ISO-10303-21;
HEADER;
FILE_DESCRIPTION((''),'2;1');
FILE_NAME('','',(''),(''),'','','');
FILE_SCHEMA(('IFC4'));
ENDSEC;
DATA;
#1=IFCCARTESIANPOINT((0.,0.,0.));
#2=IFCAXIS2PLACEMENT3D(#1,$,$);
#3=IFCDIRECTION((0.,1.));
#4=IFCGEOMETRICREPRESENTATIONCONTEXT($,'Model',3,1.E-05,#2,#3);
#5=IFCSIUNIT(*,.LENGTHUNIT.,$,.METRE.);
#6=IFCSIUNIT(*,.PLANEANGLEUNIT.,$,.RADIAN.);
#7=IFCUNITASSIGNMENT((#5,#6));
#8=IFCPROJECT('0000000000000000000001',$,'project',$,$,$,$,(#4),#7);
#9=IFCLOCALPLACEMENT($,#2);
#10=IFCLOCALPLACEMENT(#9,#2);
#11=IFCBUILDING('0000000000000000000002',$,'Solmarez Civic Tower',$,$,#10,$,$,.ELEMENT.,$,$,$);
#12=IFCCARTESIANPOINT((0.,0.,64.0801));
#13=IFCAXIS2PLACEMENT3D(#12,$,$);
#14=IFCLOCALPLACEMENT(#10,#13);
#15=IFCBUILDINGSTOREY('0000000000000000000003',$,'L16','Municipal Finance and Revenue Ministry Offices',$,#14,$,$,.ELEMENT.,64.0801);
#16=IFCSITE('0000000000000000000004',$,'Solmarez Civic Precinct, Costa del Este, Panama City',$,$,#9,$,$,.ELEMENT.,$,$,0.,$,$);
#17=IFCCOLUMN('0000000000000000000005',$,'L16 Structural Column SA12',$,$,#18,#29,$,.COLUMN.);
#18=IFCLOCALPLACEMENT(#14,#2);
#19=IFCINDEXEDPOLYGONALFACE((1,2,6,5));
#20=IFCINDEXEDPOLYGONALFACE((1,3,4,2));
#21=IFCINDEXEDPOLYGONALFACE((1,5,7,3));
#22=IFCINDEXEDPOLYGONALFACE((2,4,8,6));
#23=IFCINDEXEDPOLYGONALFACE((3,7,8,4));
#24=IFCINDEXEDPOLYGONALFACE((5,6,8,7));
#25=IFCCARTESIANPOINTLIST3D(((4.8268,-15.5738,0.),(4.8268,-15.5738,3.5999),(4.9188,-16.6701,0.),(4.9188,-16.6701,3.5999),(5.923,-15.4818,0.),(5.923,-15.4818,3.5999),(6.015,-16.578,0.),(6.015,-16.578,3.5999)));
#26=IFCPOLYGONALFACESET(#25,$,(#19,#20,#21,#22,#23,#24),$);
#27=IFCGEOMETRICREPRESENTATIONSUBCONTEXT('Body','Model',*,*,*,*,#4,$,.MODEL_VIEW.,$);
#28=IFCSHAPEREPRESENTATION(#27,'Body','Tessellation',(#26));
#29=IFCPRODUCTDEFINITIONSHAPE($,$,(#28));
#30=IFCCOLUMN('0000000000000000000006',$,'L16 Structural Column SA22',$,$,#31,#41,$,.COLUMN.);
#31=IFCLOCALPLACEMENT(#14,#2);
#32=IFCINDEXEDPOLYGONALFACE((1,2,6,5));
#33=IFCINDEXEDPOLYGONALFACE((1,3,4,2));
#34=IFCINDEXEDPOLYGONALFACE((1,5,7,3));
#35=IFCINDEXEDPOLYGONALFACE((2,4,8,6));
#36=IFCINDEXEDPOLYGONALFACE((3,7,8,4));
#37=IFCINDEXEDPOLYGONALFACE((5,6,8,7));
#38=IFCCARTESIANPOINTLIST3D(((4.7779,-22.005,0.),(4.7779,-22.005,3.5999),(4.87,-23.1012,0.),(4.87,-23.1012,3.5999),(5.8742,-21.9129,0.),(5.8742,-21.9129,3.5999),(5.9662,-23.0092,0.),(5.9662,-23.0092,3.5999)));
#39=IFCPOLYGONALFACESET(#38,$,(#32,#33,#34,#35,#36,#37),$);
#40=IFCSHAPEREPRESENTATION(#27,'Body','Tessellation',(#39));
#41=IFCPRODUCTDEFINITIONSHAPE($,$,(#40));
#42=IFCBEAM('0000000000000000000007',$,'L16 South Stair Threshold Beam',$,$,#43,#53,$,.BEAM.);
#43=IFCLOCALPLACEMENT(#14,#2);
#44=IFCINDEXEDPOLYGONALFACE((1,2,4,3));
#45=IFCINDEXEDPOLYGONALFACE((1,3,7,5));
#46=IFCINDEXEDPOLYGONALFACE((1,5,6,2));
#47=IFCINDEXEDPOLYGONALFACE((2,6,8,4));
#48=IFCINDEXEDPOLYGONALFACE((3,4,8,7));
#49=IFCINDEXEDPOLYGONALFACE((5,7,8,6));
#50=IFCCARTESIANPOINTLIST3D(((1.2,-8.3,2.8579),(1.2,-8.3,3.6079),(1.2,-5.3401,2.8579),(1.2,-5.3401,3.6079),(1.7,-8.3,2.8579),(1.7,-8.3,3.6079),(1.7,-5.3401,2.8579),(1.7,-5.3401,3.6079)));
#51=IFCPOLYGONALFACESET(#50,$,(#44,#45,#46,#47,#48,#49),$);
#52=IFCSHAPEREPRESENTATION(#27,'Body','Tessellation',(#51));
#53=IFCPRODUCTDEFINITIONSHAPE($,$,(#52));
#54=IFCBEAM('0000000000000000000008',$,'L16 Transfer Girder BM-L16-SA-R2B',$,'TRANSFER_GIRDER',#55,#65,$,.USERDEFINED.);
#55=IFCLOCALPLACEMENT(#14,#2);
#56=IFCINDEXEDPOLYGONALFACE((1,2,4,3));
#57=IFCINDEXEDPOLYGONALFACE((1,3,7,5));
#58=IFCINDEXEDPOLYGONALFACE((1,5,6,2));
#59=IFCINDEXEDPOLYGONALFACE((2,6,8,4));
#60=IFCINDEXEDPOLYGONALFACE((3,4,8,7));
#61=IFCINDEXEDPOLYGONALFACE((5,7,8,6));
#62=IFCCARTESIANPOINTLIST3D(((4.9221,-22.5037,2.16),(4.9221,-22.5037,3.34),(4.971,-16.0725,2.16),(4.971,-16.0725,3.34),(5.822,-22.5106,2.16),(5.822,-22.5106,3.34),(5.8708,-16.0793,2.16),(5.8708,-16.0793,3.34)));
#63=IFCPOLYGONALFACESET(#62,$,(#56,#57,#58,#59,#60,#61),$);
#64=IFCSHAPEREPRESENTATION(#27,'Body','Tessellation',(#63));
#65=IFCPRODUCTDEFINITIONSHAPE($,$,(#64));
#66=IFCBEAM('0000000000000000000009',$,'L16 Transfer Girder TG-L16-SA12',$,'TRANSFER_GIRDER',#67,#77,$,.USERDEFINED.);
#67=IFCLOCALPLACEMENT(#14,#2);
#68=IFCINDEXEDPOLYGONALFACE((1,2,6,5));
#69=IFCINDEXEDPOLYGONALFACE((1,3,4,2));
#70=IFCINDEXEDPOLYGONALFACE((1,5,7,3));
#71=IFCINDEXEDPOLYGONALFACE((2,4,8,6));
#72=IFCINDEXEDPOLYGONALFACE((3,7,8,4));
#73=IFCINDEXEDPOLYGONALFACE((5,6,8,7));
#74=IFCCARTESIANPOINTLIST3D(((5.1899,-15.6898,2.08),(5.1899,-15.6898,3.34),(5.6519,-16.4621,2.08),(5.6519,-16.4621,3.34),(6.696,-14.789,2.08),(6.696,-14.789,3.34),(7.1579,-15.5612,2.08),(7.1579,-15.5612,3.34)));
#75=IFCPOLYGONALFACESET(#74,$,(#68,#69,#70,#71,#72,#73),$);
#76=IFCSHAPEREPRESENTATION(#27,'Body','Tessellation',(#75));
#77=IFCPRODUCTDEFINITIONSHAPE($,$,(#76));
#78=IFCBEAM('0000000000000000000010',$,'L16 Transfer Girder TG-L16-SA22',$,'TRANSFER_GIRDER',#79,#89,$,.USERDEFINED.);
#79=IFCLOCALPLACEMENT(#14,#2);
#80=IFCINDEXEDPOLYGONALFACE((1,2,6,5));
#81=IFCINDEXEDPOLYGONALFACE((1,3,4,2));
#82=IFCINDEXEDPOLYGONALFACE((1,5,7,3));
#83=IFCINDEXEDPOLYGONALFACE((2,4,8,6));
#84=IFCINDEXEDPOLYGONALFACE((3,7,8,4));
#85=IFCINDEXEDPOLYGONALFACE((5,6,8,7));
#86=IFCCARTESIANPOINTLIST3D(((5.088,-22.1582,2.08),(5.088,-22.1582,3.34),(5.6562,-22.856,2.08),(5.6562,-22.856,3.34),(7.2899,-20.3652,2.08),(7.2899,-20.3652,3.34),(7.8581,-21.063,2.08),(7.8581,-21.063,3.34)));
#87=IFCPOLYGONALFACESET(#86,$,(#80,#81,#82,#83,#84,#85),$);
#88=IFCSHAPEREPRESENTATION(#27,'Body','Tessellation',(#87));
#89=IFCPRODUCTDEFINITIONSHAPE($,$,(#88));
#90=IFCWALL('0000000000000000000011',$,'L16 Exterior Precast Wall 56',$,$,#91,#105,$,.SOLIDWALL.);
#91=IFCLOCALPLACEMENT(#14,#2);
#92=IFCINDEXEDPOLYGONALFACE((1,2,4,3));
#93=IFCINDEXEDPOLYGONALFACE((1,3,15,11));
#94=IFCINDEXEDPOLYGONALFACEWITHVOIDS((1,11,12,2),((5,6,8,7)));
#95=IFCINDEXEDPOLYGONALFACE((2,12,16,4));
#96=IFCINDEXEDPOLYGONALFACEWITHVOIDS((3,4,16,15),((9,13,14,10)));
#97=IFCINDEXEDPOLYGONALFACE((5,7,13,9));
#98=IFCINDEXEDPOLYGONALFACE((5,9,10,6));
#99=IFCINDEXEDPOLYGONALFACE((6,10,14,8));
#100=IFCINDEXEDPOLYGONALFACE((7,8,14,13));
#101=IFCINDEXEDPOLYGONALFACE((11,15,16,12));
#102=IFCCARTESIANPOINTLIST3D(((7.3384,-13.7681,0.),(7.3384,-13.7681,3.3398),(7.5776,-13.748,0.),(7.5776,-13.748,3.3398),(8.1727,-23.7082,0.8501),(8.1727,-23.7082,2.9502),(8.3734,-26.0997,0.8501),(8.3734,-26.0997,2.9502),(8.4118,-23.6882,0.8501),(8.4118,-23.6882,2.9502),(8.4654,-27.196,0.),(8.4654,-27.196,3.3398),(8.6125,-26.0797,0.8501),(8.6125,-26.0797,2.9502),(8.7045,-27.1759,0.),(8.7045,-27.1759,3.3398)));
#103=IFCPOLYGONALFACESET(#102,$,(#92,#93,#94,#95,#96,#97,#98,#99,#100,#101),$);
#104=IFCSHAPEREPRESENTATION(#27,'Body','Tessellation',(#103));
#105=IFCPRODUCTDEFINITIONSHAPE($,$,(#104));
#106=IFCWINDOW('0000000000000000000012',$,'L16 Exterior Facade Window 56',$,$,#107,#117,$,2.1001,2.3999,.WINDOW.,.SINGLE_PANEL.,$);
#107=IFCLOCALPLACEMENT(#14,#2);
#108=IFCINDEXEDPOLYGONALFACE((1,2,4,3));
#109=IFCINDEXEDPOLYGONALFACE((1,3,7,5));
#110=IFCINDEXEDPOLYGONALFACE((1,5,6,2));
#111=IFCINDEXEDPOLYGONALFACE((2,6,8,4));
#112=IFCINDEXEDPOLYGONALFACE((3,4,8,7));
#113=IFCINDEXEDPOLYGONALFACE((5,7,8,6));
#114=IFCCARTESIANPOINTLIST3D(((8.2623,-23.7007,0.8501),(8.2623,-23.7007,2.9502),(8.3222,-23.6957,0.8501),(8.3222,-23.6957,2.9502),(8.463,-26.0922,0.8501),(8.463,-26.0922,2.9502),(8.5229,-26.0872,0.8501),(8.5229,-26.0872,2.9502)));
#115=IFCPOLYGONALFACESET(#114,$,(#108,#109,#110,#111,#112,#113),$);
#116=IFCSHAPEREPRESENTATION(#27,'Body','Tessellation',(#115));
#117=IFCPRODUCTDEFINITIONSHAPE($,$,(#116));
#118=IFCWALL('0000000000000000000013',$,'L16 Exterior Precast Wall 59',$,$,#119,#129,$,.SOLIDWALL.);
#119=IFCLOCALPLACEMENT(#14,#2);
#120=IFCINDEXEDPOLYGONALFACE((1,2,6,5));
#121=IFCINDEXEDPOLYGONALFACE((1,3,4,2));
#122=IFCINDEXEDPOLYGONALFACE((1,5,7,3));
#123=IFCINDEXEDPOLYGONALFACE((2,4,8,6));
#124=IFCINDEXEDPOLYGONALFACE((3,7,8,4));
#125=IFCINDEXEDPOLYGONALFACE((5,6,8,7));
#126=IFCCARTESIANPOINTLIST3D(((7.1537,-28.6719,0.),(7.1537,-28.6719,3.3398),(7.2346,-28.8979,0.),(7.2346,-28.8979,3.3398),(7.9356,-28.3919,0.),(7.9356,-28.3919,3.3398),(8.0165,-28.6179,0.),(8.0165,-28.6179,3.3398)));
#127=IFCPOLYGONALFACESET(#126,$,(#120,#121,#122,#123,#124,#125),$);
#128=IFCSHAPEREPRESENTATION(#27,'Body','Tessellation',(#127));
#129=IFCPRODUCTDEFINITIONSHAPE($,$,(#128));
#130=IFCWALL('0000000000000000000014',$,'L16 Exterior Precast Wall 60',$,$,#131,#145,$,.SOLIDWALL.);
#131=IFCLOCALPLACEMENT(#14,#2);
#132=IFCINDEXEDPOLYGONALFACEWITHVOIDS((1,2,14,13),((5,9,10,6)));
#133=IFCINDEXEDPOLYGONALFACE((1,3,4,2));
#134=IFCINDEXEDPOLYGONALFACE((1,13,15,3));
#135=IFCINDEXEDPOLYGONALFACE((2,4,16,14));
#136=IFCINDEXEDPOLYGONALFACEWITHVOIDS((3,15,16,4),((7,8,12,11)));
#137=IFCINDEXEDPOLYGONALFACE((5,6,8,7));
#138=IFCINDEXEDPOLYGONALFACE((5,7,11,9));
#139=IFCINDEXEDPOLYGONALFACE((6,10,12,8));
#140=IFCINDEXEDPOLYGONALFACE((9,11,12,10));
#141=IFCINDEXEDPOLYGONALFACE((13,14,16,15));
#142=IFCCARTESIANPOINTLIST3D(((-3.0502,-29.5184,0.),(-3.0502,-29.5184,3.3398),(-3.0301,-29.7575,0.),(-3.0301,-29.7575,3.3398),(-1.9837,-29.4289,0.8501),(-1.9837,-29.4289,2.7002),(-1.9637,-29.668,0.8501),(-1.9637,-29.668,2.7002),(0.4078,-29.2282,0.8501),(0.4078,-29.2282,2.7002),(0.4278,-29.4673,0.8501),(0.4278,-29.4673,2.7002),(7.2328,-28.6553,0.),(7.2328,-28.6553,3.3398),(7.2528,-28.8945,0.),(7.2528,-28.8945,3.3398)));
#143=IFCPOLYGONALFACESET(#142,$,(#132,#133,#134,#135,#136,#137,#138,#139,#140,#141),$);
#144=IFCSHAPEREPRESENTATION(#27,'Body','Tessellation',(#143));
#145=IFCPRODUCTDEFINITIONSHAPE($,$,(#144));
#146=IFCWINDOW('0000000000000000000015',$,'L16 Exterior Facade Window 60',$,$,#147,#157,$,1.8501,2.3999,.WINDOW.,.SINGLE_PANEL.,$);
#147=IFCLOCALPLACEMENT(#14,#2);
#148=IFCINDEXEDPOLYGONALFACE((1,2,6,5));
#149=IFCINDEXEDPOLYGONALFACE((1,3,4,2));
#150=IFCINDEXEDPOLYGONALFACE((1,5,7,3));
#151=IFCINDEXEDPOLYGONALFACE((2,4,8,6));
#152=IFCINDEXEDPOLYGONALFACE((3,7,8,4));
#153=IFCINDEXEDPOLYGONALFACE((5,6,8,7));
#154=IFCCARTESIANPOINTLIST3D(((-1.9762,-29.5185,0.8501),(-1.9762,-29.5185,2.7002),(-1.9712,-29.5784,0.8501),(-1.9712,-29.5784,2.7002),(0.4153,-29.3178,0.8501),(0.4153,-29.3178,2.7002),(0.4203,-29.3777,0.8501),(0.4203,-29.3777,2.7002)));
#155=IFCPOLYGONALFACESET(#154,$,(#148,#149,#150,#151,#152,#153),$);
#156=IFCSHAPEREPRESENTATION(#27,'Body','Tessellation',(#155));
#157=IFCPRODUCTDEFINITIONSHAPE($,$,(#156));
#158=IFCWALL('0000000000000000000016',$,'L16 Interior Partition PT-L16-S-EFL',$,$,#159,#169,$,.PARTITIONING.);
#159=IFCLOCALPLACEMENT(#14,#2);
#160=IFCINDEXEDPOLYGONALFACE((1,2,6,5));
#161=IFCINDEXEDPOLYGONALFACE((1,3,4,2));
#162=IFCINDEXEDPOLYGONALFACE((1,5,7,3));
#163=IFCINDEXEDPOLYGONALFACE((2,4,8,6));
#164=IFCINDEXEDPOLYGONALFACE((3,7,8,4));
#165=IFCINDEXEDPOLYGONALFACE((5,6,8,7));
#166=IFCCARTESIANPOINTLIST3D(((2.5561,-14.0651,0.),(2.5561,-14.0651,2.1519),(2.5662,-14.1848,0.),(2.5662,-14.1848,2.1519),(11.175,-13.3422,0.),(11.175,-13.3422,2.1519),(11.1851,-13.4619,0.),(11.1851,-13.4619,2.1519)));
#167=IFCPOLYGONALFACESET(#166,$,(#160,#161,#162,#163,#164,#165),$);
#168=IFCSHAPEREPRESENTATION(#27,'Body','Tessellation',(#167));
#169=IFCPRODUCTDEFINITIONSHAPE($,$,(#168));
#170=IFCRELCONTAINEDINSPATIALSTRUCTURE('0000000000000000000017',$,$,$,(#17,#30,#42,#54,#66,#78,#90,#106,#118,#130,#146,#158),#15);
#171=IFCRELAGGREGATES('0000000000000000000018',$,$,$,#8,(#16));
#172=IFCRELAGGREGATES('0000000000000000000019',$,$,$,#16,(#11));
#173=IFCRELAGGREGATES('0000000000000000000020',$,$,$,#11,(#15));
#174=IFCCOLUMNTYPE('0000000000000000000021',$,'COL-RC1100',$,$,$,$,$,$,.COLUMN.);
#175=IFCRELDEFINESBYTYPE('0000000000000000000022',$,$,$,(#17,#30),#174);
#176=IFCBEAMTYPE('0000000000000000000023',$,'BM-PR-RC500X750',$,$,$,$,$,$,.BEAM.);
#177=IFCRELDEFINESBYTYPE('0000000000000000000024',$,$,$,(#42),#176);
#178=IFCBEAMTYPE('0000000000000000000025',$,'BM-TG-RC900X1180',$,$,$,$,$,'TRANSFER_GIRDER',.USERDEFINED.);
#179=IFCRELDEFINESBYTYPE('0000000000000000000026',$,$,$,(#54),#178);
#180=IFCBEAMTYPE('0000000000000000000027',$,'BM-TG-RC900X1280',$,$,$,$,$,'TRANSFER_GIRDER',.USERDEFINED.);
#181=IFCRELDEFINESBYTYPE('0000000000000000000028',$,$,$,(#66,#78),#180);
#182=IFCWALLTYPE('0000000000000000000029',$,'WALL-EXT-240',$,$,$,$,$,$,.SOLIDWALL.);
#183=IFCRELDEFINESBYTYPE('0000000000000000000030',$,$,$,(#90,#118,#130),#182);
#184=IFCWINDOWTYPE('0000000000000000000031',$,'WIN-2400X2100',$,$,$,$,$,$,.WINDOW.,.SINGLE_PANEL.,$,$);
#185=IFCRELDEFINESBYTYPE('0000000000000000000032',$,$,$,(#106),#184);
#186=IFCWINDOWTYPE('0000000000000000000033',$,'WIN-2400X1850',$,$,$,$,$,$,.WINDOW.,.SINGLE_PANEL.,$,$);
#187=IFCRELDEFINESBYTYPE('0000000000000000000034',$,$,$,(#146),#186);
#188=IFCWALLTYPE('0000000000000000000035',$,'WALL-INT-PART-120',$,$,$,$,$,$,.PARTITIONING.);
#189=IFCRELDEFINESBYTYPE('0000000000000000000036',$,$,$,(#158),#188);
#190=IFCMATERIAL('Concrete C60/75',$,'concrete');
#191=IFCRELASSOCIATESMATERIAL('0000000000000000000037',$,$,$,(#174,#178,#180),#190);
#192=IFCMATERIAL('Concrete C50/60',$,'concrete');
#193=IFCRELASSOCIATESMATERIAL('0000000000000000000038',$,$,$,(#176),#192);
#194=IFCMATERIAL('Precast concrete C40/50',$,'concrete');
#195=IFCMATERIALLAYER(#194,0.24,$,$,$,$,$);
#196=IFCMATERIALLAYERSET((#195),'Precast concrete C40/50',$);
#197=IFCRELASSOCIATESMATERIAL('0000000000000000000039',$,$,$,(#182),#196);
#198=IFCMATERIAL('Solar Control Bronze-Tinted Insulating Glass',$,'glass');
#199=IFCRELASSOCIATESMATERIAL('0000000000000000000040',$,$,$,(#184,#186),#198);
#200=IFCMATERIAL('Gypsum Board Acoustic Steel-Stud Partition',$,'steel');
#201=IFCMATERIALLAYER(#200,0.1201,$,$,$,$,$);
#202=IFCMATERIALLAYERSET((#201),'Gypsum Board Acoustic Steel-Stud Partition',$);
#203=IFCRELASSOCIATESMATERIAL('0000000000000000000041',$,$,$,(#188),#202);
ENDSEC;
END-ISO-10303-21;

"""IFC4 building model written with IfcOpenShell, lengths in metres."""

from ifc_helpers import new_model, si_unit, direction, frame, frame_2d, origin, origin_2d, place, context, subcontext, project, spatial, rectangle, extrude, material, layer, layer_set, material_profile, profile_set, type_object, element, fill, save


model = new_model("IFC4")

# Units and contexts
model_context = context("Model", 3, precision=1e-05, world=origin(), true_north=direction((0.0, 1.0)))
body_context = subcontext(model_context, "Body", "Model", "MODEL_VIEW")
ifc_project = project(units=[si_unit("LENGTHUNIT", "METRE"), si_unit("PLANEANGLEUNIT", "RADIAN")], contexts=[model_context])

# Site, building, storey
site_placement = place(None, origin())
site = spatial("IfcSite", under=ifc_project, at=site_placement, Name="Solmarez Civic Precinct, Costa del Este, Panama City", CompositionType="ELEMENT", RefElevation=0.0)
building_placement = place(site_placement, origin())
building = spatial("IfcBuilding", under=site, at=building_placement, Name="Solmarez Civic Tower", CompositionType="ELEMENT")
storey_placement = place(building_placement, frame((0.0, 0.0, 64.0801)))
storey = spatial("IfcBuildingStorey", under=building, at=storey_placement, Name="L16", Description="Municipal Finance and Revenue Ministry Offices", CompositionType="ELEMENT", Elevation=64.0801)

# Columns
ifc_material_1 = material(Name="Concrete C60/75", Category="concrete")
ifc_material_profile_1 = material_profile(ifc_material_1, rectangle(XDim=1.1001, YDim=1.1001, at=origin_2d()), Name="RC1100X1100")
ifc_profile_set_1 = profile_set([ifc_material_profile_1], Name="Concrete C60/75")
column_type = type_object("IfcColumnType", Name="COL-RC1100", PredefinedType="COLUMN", material=ifc_profile_set_1)
for number, where, z_axis, x_axis, name in (
    (1, (5.4209, -16.0759, 0.0), (0.0, 0.0, 1.0), (0.996493, 0.083678, 0.0), "L16 Structural Column SA12"),
    (2, (5.3721, -22.5071, 0.0), (0.0, 0.0, 1.0), (0.996493, 0.083678, 0.0), "L16 Structural Column SA22"),
):
    element("IfcColumn", number, at=place(storey_placement, frame(where, z_axis=z_axis, x_axis=x_axis)), inside=storey, type_object=column_type, Name=name, PredefinedType="COLUMN", context=body_context, shape_type="SweptSolid", body=[
        extrude(rectangle(XDim=1.1001, YDim=1.1001, at=origin_2d()), origin(), (0.0, 0.0, 1.0), 3.5999),
    ])

# Beams
ifc_material_2 = material(Name="Concrete C50/60", Category="concrete")
ifc_material_profile_2 = material_profile(ifc_material_2, rectangle(XDim=0.5, YDim=0.75, at=origin_2d()), Name="RC500X750")
ifc_profile_set_2 = profile_set([ifc_material_profile_2], Name="Concrete C50/60")
beam_type_1 = type_object("IfcBeamType", Name="BM-PR-RC500X750", PredefinedType="BEAM", material=ifc_profile_set_2)
beam_1_placement = place(storey_placement, frame((1.45, -8.3, 3.2329), z_axis=(0.0, 1.0, 0.0), x_axis=(-1.0, 0.0, 0.0)))
element("IfcBeam", 3, at=beam_1_placement, inside=storey, type_object=beam_type_1, Name="L16 South Stair Threshold Beam", PredefinedType="BEAM", context=body_context, shape_type="SweptSolid", body=[
    extrude(rectangle(XDim=0.5, YDim=0.75, at=origin_2d()), origin(), (0.0, 0.0, 1.0), 2.96),
])
ifc_material_profile_3 = material_profile(ifc_material_1, rectangle(XDim=0.8999, YDim=1.1799, at=origin_2d()), Name="RC900X1180")
ifc_profile_set_3 = profile_set([ifc_material_profile_3], Name="Concrete C60/75")
beam_type_2 = type_object("IfcBeamType", Name="BM-TG-RC900X1180", ElementType="TRANSFER_GIRDER", PredefinedType="USERDEFINED", material=ifc_profile_set_3)
beam_2_placement = place(storey_placement, frame((5.4209, -16.0759, 2.75), z_axis=(-0.007592, -0.999971, 0.0), x_axis=(0.999971, -0.007592, 0.0)))
element("IfcBeam", 4, at=beam_2_placement, inside=storey, type_object=beam_type_2, Name="L16 Transfer Girder BM-L16-SA-R2B", ObjectType="TRANSFER_GIRDER", PredefinedType="USERDEFINED", context=body_context, shape_type="SweptSolid", body=[
    extrude(rectangle(XDim=0.8999, YDim=1.1799, at=origin_2d()), origin(), (0.0, 0.0, 1.0), 6.4314),
])
ifc_material_profile_4 = material_profile(ifc_material_1, rectangle(XDim=0.8999, YDim=1.26, at=origin_2d()), Name="RC900X1280")
ifc_profile_set_4 = profile_set([ifc_material_profile_4], Name="Concrete C60/75")
beam_type_3 = type_object("IfcBeamType", Name="BM-TG-RC900X1280", ElementType="TRANSFER_GIRDER", PredefinedType="USERDEFINED", material=ifc_profile_set_4)
beam_3_placement = place(storey_placement, frame((5.4209, -16.0759, 2.71), z_axis=(0.858192, 0.513329, 0.0), x_axis=(-0.513329, 0.858192, 0.0)))
element("IfcBeam", 5, at=beam_3_placement, inside=storey, type_object=beam_type_3, Name="L16 Transfer Girder TG-L16-SA12", ObjectType="TRANSFER_GIRDER", PredefinedType="USERDEFINED", context=body_context, shape_type="SweptSolid", body=[
    extrude(rectangle(XDim=0.8999, YDim=1.26, at=origin_2d()), origin(), (0.0, 0.0, 1.0), 1.7549),
])
beam_4_placement = place(storey_placement, frame((5.3721, -22.5071, 2.71), z_axis=(0.775438, 0.631424, 0.0), x_axis=(-0.631424, 0.775438, 0.0)))
element("IfcBeam", 6, at=beam_4_placement, inside=storey, type_object=beam_type_3, Name="L16 Transfer Girder TG-L16-SA22", ObjectType="TRANSFER_GIRDER", PredefinedType="USERDEFINED", context=body_context, shape_type="SweptSolid", body=[
    extrude(rectangle(XDim=0.8999, YDim=1.26, at=origin_2d()), origin(), (0.0, 0.0, 1.0), 2.8396),
])

# Wall, opening, window
ifc_material_3 = material(Name="Precast concrete C40/50", Category="concrete")
ifc_layer_1 = layer(ifc_material_3, 0.24)
ifc_layer_set_1 = layer_set([ifc_layer_1], Name="Precast concrete C40/50")
wall_type_1 = type_object("IfcWallType", Name="WALL-EXT-240", PredefinedType="SOLIDWALL", material=ifc_layer_set_1)
wall_1_placement = place(storey_placement, frame((7.458, -13.7581, 0.0), z_axis=(0.0, 0.0, 1.0), x_axis=(0.083632, -0.996497, 0.0)))
wall_1 = element("IfcWall", 7, at=wall_1_placement, inside=storey, type_object=wall_type_1, Name="L16 Exterior Precast Wall 56", PredefinedType="SOLIDWALL", context=body_context, shape_type="SweptSolid", body=[
    extrude(rectangle(XDim=13.4751, YDim=0.24, at=frame_2d((6.7375, 0.0))), origin(), (0.0, 0.0, 1.0), 3.3398),
])
opening_1_placement = place(wall_1_placement, frame((9.9751, 0.0, 0.8501)))
opening_1 = element("IfcOpeningElement", 8, at=opening_1_placement, cuts=wall_1, PredefinedType="OPENING", context=body_context, shape_type="SweptSolid", body=[
    extrude(rectangle(XDim=2.3999, YDim=2.1001, at=frame_2d((1.2, 1.05))), frame((0.0, 0.1299, 0.0), z_axis=(0.0, -1.0, 0.0), x_axis=(1.0, 0.0, 0.0)), (0.0, 0.0, 1.0), 0.26),
])
ifc_material_4 = material(Name="Solar Control Bronze-Tinted Insulating Glass", Category="glass")
window_type_1 = type_object("IfcWindowType", Name="WIN-2400X2100", PartitioningType="SINGLE_PANEL", PredefinedType="WINDOW", material=ifc_material_4)
window_1_placement = place(opening_1_placement, origin())
window_1 = element("IfcWindow", 9, at=window_1_placement, inside=storey, type_object=window_type_1, Name="L16 Exterior Facade Window 56", OverallHeight=2.1001, OverallWidth=2.3999, PartitioningType="SINGLE_PANEL", PredefinedType="WINDOW", context=body_context, shape_type="SweptSolid", body=[
    extrude(rectangle(XDim=2.3999, YDim=2.1001, at=frame_2d((1.2, 1.05))), frame((0.0, 0.03, 0.0), z_axis=(0.0, -1.0, 0.0), x_axis=(1.0, 0.0, 0.0)), (0.0, 0.0, 1.0), 0.0601),
])
fill(opening_1, window_1)

# Wall
wall_2_placement = place(storey_placement, frame((7.9761, -28.5049, 0.0), z_axis=(0.0, 0.0, 1.0), x_axis=(-0.941456, -0.337137, 0.0)))
element("IfcWall", 10, at=wall_2_placement, inside=storey, type_object=wall_type_1, Name="L16 Exterior Precast Wall 59", PredefinedType="SOLIDWALL", context=body_context, shape_type="SweptSolid", body=[
    extrude(rectangle(XDim=0.8306, YDim=0.24, at=frame_2d((0.4153, 0.0))), origin(), (0.0, 0.0, 1.0), 3.3398),
])

# Wall, opening, window
wall_3_placement = place(storey_placement, frame((7.2429, -28.7749, 0.0), z_axis=(0.0, 0.0, 1.0), x_axis=(-0.996496, -0.083635, 0.0)))
wall_3 = element("IfcWall", 11, at=wall_3_placement, inside=storey, type_object=wall_type_1, Name="L16 Exterior Precast Wall 60", PredefinedType="SOLIDWALL", context=body_context, shape_type="SweptSolid", body=[
    extrude(rectangle(XDim=10.3191, YDim=0.24, at=frame_2d((5.1597, 0.0))), origin(), (0.0, 0.0, 1.0), 3.3398),
])
opening_2_placement = place(wall_3_placement, frame((6.8491, 0.0, 0.8501)))
opening_2 = element("IfcOpeningElement", 12, at=opening_2_placement, cuts=wall_3, PredefinedType="OPENING", context=body_context, shape_type="SweptSolid", body=[
    extrude(rectangle(XDim=2.3999, YDim=1.8501, at=frame_2d((1.2, 0.925))), frame((0.0, 0.1299, 0.0), z_axis=(0.0, -1.0, 0.0), x_axis=(1.0, 0.0, 0.0)), (0.0, 0.0, 1.0), 0.26),
])
window_type_2 = type_object("IfcWindowType", Name="WIN-2400X1850", PartitioningType="SINGLE_PANEL", PredefinedType="WINDOW", material=ifc_material_4)
window_2_placement = place(opening_2_placement, origin())
window_2 = element("IfcWindow", 13, at=window_2_placement, inside=storey, type_object=window_type_2, Name="L16 Exterior Facade Window 60", OverallHeight=1.8501, OverallWidth=2.3999, PartitioningType="SINGLE_PANEL", PredefinedType="WINDOW", context=body_context, shape_type="SweptSolid", body=[
    extrude(rectangle(XDim=2.3999, YDim=1.8501, at=frame_2d((1.2, 0.925))), frame((0.0, 0.03, 0.0), z_axis=(0.0, -1.0, 0.0), x_axis=(1.0, 0.0, 0.0)), (0.0, 0.0, 1.0), 0.0601),
])
fill(opening_2, window_2)

# Wall
ifc_material_5 = material(Name="Gypsum Board Acoustic Steel-Stud Partition", Category="steel")
ifc_layer_2 = layer(ifc_material_5, 0.1201)
ifc_layer_set_2 = layer_set([ifc_layer_2], Name="Gypsum Board Acoustic Steel-Stud Partition")
wall_type_2 = type_object("IfcWallType", Name="WALL-INT-PART-120", PredefinedType="PARTITIONING", material=ifc_layer_set_2)
wall_4_placement = place(storey_placement, frame((2.561, -14.125, 0.0), z_axis=(0.0, 0.0, 1.0), x_axis=(0.996501, 0.08358, 0.0)))
element("IfcWall", 14, at=wall_4_placement, inside=storey, type_object=wall_type_2, Name="L16 Interior Partition PT-L16-S-EFL", PredefinedType="PARTITIONING", context=body_context, shape_type="SweptSolid", body=[
    extrude(rectangle(XDim=8.6492, YDim=0.1201, at=frame_2d((4.3247, 0.0))), origin(), (0.0, 0.0, 1.0), 2.1519),
])

save(model, "model.ifc")
